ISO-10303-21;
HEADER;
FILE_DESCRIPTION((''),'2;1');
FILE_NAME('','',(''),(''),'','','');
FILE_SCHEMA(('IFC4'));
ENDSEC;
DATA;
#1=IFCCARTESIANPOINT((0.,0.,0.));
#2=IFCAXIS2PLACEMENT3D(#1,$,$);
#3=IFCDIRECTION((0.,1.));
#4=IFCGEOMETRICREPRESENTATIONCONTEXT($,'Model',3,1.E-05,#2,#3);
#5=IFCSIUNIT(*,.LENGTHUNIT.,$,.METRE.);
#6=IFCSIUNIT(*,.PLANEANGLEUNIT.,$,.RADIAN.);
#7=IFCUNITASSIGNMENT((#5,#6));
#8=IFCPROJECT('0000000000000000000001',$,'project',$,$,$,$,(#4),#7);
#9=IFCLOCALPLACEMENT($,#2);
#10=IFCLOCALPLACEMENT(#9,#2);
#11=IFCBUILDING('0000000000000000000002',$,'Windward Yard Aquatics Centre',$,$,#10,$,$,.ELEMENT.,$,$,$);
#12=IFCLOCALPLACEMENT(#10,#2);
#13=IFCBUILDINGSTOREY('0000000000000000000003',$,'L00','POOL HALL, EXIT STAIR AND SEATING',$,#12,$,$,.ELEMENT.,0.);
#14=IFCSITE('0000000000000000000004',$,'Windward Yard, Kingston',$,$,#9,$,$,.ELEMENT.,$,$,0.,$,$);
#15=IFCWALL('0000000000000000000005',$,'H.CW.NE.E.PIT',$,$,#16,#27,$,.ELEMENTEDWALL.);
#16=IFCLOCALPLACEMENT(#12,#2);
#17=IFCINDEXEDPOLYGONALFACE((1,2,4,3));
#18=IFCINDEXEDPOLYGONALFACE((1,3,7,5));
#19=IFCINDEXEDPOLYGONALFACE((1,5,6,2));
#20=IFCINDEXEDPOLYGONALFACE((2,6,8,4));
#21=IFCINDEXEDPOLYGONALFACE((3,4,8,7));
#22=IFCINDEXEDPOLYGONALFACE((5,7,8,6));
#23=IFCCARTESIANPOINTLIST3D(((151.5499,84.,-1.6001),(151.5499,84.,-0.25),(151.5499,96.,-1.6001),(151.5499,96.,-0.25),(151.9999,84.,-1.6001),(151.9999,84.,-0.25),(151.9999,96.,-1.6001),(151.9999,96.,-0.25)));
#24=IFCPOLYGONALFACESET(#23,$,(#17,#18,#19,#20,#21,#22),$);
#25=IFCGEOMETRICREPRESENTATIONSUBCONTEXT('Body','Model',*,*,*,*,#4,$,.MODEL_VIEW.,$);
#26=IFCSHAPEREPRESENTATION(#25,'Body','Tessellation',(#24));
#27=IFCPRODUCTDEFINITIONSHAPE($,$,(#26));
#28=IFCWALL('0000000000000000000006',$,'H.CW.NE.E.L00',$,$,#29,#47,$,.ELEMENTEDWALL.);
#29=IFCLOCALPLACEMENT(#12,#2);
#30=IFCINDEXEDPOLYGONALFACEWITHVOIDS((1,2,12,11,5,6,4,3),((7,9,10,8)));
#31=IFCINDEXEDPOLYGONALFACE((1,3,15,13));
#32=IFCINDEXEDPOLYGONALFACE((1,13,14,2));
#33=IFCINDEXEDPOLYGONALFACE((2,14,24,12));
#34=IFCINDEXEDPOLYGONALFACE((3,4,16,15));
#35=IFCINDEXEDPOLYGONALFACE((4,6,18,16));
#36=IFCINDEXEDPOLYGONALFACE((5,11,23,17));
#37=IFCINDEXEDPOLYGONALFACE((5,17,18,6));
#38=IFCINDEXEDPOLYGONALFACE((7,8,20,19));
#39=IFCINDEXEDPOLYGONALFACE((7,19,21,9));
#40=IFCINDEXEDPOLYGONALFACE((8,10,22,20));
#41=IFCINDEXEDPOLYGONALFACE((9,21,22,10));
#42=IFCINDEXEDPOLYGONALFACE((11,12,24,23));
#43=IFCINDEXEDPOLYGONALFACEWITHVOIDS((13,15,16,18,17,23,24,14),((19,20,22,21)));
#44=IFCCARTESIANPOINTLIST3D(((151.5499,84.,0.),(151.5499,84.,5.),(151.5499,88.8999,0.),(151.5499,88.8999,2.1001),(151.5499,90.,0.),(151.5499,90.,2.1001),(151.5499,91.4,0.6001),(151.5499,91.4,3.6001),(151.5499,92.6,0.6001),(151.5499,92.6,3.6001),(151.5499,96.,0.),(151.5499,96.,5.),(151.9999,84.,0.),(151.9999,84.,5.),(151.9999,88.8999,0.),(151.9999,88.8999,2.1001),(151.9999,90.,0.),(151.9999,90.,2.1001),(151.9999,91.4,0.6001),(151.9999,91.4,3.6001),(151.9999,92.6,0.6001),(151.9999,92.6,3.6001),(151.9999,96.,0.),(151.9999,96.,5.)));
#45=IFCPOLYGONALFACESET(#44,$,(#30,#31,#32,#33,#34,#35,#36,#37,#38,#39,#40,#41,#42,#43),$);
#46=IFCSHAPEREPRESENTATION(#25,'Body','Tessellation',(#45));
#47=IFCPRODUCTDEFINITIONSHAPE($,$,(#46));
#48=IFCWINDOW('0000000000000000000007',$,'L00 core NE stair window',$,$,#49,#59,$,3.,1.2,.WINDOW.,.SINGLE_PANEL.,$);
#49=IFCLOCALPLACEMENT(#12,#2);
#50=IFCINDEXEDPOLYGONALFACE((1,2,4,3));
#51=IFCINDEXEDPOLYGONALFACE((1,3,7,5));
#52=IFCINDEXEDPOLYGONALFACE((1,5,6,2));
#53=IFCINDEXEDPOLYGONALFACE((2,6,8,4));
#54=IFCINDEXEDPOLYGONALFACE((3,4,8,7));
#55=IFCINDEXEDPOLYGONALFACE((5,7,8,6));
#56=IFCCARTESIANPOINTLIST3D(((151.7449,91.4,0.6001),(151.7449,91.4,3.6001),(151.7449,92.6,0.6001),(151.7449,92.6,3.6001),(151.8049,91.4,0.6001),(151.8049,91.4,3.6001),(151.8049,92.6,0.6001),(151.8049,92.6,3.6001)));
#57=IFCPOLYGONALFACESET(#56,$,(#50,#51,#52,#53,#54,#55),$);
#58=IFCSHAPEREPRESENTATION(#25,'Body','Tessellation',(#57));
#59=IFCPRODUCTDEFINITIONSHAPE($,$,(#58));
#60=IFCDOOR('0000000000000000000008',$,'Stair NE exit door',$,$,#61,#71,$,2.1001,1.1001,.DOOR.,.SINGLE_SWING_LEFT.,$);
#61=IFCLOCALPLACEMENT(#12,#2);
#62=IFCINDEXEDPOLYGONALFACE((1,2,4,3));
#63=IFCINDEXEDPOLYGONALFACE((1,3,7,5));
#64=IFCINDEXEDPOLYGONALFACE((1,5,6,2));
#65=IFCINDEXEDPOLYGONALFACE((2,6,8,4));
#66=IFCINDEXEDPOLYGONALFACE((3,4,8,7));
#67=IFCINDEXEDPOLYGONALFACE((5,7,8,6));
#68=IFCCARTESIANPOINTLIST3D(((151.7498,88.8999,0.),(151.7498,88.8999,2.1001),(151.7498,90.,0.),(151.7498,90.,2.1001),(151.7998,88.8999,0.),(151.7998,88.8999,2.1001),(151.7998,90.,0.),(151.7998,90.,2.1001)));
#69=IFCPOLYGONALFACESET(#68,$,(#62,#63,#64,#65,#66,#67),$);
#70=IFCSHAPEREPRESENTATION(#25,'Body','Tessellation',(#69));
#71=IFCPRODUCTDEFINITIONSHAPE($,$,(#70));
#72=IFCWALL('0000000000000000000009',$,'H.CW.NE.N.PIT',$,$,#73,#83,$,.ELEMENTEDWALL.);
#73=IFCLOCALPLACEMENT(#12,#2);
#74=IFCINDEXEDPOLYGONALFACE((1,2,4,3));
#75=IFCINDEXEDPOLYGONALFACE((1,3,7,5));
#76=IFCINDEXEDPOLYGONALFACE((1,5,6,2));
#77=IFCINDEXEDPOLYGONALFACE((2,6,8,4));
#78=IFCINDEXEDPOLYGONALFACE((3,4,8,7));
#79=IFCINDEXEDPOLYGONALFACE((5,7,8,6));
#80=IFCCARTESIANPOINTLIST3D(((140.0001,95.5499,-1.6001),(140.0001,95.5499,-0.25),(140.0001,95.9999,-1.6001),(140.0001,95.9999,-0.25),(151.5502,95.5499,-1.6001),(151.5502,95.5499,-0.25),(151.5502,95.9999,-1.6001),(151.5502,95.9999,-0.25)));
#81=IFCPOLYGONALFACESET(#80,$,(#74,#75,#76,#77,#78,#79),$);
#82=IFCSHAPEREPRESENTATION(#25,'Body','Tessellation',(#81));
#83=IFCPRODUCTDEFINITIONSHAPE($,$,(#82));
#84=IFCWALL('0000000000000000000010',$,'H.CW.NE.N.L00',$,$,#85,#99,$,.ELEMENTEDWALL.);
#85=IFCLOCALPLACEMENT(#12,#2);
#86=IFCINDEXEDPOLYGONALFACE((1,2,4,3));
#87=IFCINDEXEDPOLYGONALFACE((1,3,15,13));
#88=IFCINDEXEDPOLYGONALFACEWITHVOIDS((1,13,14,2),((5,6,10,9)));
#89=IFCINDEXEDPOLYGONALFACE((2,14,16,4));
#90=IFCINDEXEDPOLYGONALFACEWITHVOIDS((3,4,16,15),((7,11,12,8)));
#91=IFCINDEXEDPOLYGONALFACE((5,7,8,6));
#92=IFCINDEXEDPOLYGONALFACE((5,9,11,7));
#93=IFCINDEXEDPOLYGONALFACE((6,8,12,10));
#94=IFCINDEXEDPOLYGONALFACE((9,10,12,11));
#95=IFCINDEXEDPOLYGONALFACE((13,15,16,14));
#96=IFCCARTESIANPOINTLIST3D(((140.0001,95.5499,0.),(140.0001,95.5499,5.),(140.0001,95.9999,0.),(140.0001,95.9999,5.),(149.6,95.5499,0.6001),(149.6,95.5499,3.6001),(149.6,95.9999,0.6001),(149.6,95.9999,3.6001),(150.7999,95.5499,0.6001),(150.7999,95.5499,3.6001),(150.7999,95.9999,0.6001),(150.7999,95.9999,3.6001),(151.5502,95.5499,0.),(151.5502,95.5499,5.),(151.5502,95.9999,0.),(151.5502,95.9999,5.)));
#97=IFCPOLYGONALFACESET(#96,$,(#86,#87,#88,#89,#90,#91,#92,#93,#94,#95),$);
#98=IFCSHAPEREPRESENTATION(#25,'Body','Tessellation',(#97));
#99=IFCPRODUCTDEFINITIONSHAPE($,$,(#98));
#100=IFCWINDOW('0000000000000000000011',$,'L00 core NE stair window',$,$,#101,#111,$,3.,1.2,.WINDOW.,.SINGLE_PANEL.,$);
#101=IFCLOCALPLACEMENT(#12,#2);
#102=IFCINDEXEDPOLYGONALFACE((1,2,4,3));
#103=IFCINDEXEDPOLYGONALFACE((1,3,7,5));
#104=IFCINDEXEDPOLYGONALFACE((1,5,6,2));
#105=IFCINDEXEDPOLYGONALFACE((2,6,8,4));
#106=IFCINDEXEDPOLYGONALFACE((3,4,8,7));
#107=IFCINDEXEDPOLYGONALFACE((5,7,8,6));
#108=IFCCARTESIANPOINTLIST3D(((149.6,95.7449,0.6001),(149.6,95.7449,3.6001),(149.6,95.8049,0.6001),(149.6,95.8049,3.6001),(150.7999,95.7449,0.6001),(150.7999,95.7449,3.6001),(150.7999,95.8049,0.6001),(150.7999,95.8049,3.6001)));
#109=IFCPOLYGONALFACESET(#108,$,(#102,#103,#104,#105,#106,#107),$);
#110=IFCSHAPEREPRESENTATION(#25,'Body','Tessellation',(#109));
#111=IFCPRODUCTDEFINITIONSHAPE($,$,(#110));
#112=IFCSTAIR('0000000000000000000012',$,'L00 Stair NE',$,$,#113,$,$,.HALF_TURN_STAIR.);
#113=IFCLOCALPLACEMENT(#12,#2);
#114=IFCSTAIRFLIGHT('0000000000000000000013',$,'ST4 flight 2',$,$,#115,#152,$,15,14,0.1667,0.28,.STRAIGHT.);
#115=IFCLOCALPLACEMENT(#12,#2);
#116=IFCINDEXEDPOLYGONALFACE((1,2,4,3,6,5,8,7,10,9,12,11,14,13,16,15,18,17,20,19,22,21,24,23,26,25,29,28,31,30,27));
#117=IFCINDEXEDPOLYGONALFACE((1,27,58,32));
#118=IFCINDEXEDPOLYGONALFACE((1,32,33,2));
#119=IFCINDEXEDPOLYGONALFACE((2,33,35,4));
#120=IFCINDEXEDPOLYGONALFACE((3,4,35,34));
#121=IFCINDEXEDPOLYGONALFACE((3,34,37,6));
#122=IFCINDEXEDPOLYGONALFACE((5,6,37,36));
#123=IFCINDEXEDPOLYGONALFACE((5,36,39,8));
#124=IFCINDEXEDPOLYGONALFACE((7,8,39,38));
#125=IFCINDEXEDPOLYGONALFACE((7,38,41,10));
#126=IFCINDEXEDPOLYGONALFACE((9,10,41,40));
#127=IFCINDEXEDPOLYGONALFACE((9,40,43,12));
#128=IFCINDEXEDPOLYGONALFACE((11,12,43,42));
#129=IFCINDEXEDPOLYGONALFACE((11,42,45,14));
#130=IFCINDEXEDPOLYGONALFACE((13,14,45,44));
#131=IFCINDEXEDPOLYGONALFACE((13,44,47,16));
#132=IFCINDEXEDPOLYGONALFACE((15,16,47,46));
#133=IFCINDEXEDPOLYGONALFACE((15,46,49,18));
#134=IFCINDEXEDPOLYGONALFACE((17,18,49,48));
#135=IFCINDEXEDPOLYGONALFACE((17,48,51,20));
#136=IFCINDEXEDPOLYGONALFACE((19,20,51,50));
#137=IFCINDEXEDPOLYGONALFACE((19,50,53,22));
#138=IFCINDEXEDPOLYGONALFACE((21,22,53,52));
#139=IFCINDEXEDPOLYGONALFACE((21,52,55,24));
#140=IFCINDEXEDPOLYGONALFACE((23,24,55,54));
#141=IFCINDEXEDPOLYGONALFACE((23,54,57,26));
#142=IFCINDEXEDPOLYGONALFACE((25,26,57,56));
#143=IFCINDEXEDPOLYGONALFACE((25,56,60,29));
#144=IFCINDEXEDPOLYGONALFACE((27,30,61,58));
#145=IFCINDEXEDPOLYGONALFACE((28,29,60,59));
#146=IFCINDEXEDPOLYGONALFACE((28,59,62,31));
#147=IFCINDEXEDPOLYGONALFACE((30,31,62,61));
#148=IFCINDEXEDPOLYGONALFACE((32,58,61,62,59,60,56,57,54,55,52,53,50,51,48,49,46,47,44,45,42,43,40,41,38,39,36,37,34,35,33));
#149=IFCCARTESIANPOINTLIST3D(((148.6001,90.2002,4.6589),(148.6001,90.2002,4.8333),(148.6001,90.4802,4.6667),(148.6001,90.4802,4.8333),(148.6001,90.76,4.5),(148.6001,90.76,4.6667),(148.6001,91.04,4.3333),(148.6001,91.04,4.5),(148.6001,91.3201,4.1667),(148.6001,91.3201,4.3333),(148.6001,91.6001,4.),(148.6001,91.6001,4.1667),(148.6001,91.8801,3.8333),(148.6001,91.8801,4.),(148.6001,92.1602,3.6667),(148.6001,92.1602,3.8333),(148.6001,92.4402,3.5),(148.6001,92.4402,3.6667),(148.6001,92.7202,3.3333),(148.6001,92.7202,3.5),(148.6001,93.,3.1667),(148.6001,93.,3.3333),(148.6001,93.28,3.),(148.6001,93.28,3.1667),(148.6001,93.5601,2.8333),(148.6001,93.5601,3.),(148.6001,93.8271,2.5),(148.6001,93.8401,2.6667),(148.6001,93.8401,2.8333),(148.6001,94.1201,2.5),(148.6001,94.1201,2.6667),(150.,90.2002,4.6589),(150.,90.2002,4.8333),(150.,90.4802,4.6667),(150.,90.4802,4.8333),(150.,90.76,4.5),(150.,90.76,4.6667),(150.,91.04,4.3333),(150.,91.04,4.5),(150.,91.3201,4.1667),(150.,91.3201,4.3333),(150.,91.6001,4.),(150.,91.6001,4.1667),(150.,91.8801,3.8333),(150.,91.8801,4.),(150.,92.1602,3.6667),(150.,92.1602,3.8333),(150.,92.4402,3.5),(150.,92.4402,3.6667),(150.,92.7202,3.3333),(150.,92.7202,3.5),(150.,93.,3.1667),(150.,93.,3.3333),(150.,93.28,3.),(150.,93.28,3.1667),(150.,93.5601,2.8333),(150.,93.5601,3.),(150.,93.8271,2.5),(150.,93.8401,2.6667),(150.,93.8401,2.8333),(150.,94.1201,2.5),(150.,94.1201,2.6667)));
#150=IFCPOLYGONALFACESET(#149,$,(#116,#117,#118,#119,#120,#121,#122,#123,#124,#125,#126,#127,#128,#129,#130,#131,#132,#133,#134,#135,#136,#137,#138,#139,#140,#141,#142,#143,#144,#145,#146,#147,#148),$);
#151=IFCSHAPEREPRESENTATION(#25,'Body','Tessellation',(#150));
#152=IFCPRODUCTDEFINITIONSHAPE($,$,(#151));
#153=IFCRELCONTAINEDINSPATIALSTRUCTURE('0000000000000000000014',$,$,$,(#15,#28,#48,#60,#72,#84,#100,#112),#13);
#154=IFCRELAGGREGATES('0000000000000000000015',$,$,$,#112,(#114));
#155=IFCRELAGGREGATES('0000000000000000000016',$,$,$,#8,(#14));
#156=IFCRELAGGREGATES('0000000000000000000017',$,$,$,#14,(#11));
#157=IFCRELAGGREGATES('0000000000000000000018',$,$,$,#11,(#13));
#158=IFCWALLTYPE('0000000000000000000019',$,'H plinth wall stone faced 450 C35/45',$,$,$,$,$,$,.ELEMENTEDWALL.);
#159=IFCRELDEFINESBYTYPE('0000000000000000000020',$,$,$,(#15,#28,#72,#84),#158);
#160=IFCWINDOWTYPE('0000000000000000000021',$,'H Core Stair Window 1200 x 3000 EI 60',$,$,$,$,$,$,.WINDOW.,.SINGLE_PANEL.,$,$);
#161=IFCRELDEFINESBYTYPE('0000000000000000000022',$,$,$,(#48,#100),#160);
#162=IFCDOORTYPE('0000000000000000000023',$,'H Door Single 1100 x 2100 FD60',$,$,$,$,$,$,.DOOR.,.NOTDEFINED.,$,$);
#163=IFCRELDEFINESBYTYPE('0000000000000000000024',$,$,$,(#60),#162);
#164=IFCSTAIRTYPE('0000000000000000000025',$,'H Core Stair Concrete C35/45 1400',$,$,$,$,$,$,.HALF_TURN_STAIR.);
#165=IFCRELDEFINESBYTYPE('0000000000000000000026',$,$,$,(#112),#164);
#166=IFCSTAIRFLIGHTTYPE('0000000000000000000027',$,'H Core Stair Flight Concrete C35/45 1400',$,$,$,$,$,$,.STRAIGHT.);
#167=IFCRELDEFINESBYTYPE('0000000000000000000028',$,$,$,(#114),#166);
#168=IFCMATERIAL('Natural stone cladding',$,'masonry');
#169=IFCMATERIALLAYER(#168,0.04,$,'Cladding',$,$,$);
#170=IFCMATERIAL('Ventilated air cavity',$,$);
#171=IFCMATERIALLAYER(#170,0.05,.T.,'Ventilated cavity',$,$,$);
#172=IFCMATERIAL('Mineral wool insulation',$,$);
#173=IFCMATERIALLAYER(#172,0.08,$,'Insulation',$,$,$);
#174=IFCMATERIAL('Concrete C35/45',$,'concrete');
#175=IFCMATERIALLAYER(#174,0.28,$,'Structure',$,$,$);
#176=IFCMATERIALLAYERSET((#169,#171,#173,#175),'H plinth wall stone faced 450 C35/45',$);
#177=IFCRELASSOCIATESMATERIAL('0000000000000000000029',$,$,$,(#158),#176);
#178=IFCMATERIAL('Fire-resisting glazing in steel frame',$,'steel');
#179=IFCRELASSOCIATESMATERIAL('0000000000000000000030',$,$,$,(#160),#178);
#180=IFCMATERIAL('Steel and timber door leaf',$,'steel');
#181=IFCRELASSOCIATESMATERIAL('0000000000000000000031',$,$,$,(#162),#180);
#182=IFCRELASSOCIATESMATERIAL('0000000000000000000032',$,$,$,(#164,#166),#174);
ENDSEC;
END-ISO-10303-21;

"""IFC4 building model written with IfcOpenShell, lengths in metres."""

from ifc_helpers import new_model, si_unit, direction, frame, frame_2d, origin, place, context, subcontext, project, spatial, polyline, rectangle, outline, extrude, material, layer, layer_set, type_object, element, fill, aggregate, save


model = new_model("IFC4")

# Units and contexts
model_context = context("Model", 3, precision=1e-05, world=origin(), true_north=direction((0.0, 1.0)))
body_context = subcontext(model_context, "Body", "Model", "MODEL_VIEW")
ifc_project = project(units=[si_unit("LENGTHUNIT", "METRE"), si_unit("PLANEANGLEUNIT", "RADIAN")], contexts=[model_context])

# Site, building, storey
site_placement = place(None, origin())
site = spatial("IfcSite", under=ifc_project, at=site_placement, Name="Windward Yard, Kingston", CompositionType="ELEMENT", RefElevation=0.0)
building_placement = place(site_placement, origin())
building = spatial("IfcBuilding", under=site, at=building_placement, Name="Windward Yard Aquatics Centre", CompositionType="ELEMENT")
storey_placement = place(building_placement, origin())
storey = spatial("IfcBuildingStorey", under=building, at=storey_placement, Name="L00", Description="POOL HALL, EXIT STAIR AND SEATING", CompositionType="ELEMENT", Elevation=0.0)

# Shared definitions
ifc_material_1 = material(Name="Concrete C35/45", Category="concrete")

# Wall
ifc_material_2 = material(Name="Natural stone cladding", Category="masonry")
ifc_layer_1 = layer(ifc_material_2, 0.04, Name="Cladding")
ifc_material_3 = material(Name="Ventilated air cavity")
ifc_layer_2 = layer(ifc_material_3, 0.05, ventilated=True, Name="Ventilated cavity")
ifc_material_4 = material(Name="Mineral wool insulation")
ifc_layer_3 = layer(ifc_material_4, 0.08, Name="Insulation")
ifc_layer_4 = layer(ifc_material_1, 0.28, Name="Structure")
ifc_layer_set_1 = layer_set([ifc_layer_1, ifc_layer_2, ifc_layer_3, ifc_layer_4], Name="H plinth wall stone faced 450 C35/45")
wall_type_1 = type_object("IfcWallType", Name="H plinth wall stone faced 450 C35/45", PredefinedType="ELEMENTEDWALL", material=ifc_layer_set_1)
wall_1_placement = place(storey_placement, frame((151.7749, 96.0, -1.6001), z_axis=(0.0, 0.0, 1.0), x_axis=(0.0, -1.0, 0.0)))
element("IfcWall", 1, at=wall_1_placement, inside=storey, type_object=wall_type_1, Name="H.CW.NE.E.PIT", PredefinedType="ELEMENTEDWALL", context=body_context, shape_type="SweptSolid", body=[
    extrude(rectangle(XDim=12.0, YDim=0.45, at=frame_2d((6.0, 0.0))), origin(), (0.0, 0.0, 1.0), 1.3501),
])

# Wall, openings, window, door
wall_2_placement = place(storey_placement, frame((151.7749, 96.0, 0.0), z_axis=(0.0, 0.0, 1.0), x_axis=(0.0, -1.0, 0.0)))
wall_2 = element("IfcWall", 2, at=wall_2_placement, inside=storey, type_object=wall_type_1, Name="H.CW.NE.E.L00", PredefinedType="ELEMENTEDWALL", context=body_context, shape_type="SweptSolid", body=[
    extrude(rectangle(XDim=12.0, YDim=0.45, at=frame_2d((6.0, 0.0))), origin(), (0.0, 0.0, 1.0), 5.0),
])
opening_1_placement = place(wall_2_placement, frame((6.0, 0.0, 0.0)))
opening_1 = element("IfcOpeningElement", 3, at=opening_1_placement, cuts=wall_2, PredefinedType="OPENING", context=body_context, shape_type="SweptSolid", body=[
    extrude(rectangle(XDim=1.1001, YDim=2.1001, at=frame_2d((0.55, 1.05))), frame((0.0, 0.2349, 0.0), z_axis=(0.0, -1.0, 0.0), x_axis=(1.0, 0.0, 0.0)), (0.0, 0.0, 1.0), 0.47),
])
opening_2_placement = place(wall_2_placement, frame((3.3999, 0.0, 0.6001)))
opening_2 = element("IfcOpeningElement", 4, at=opening_2_placement, cuts=wall_2, PredefinedType="OPENING", context=body_context, shape_type="SweptSolid", body=[
    extrude(rectangle(XDim=1.2, YDim=3.0, at=frame_2d((0.6001, 1.5))), frame((0.0, 0.2349, 0.0), z_axis=(0.0, -1.0, 0.0), x_axis=(1.0, 0.0, 0.0)), (0.0, 0.0, 1.0), 0.47),
])
ifc_material_5 = material(Name="Fire-resisting glazing in steel frame", Category="steel")
window_type = type_object("IfcWindowType", Name="H Core Stair Window 1200 x 3000 EI 60", PartitioningType="SINGLE_PANEL", PredefinedType="WINDOW", material=ifc_material_5)
window_1_placement = place(opening_2_placement, origin())
window_1 = element("IfcWindow", 5, at=window_1_placement, inside=storey, type_object=window_type, Name="L00 core NE stair window", OverallHeight=3.0, OverallWidth=1.2, PartitioningType="SINGLE_PANEL", PredefinedType="WINDOW", context=body_context, shape_type="SweptSolid", body=[
    extrude(rectangle(XDim=1.2, YDim=3.0, at=frame_2d((0.6001, 1.5))), frame((0.0, 0.03, 0.0), z_axis=(0.0, -1.0, 0.0), x_axis=(1.0, 0.0, 0.0)), (0.0, 0.0, 1.0), 0.0601),
])
fill(opening_2, window_1)
ifc_material_6 = material(Name="Steel and timber door leaf", Category="steel")
door_type = type_object("IfcDoorType", Name="H Door Single 1100 x 2100 FD60", OperationType="NOTDEFINED", PredefinedType="DOOR", material=ifc_material_6)
door_placement = place(opening_1_placement, origin())
door = element("IfcDoor", 6, at=door_placement, inside=storey, type_object=door_type, Name="Stair NE exit door", OperationType="SINGLE_SWING_LEFT", OverallHeight=2.1001, OverallWidth=1.1001, PredefinedType="DOOR", context=body_context, shape_type="SweptSolid", body=[
    extrude(rectangle(XDim=1.1001, YDim=2.1001, at=frame_2d((0.55, 1.05))), frame((0.0, 0.0249, 0.0), z_axis=(0.0, -1.0, 0.0), x_axis=(1.0, 0.0, 0.0)), (0.0, 0.0, 1.0), 0.05),
])
fill(opening_1, door)

# Wall
wall_3_placement = place(storey_placement, frame((151.55, 95.7749, -1.6001), z_axis=(0.0, 0.0, 1.0), x_axis=(-1.0, 0.0, 0.0)))
element("IfcWall", 7, at=wall_3_placement, inside=storey, type_object=wall_type_1, Name="H.CW.NE.N.PIT", PredefinedType="ELEMENTEDWALL", context=body_context, shape_type="SweptSolid", body=[
    extrude(rectangle(XDim=11.55, YDim=0.45, at=frame_2d((5.7749, 0.0))), origin(), (0.0, 0.0, 1.0), 1.3501),
])

# Wall, opening, window
wall_4_placement = place(storey_placement, frame((151.55, 95.7749, 0.0), z_axis=(0.0, 0.0, 1.0), x_axis=(-1.0, 0.0, 0.0)))
wall_4 = element("IfcWall", 8, at=wall_4_placement, inside=storey, type_object=wall_type_1, Name="H.CW.NE.N.L00", PredefinedType="ELEMENTEDWALL", context=body_context, shape_type="SweptSolid", body=[
    extrude(rectangle(XDim=11.55, YDim=0.45, at=frame_2d((5.7749, 0.0))), origin(), (0.0, 0.0, 1.0), 5.0),
])
opening_3_placement = place(wall_4_placement, frame((0.75, 0.0, 0.6001)))
opening_3 = element("IfcOpeningElement", 9, at=opening_3_placement, cuts=wall_4, PredefinedType="OPENING", context=body_context, shape_type="SweptSolid", body=[
    extrude(rectangle(XDim=1.2, YDim=3.0, at=frame_2d((0.6001, 1.5))), frame((0.0, 0.2349, 0.0), z_axis=(0.0, -1.0, 0.0), x_axis=(1.0, 0.0, 0.0)), (0.0, 0.0, 1.0), 0.47),
])
window_2_placement = place(opening_3_placement, origin())
window_2 = element("IfcWindow", 10, at=window_2_placement, inside=storey, type_object=window_type, Name="L00 core NE stair window", OverallHeight=3.0, OverallWidth=1.2, PartitioningType="SINGLE_PANEL", PredefinedType="WINDOW", context=body_context, shape_type="SweptSolid", body=[
    extrude(rectangle(XDim=1.2, YDim=3.0, at=frame_2d((0.6001, 1.5))), frame((0.0, 0.03, 0.0), z_axis=(0.0, -1.0, 0.0), x_axis=(1.0, 0.0, 0.0)), (0.0, 0.0, 1.0), 0.0601),
])
fill(opening_3, window_2)

# Stair, stair flight
stair_type = type_object("IfcStairType", Name="H Core Stair Concrete C35/45 1400", PredefinedType="HALF_TURN_STAIR", material=ifc_material_1)
stair_placement = place(storey_placement, origin())
stair = element("IfcStair", 11, at=stair_placement, inside=storey, type_object=stair_type, Name="L00 Stair NE", PredefinedType="HALF_TURN_STAIR")
stair_flight_type = type_object("IfcStairFlightType", Name="H Core Stair Flight Concrete C35/45 1400", PredefinedType="STRAIGHT", material=ifc_material_1)
stair_flight_placement = place(storey_placement, frame((149.3, 94.1201, 2.5), z_axis=(0.0, 0.0, 1.0), x_axis=(0.0, -1.0, 0.0)))
stair_flight = element("IfcStairFlight", 12, at=stair_flight_placement, type_object=stair_flight_type, Name="ST4 flight 2", NumberOfRisers=15, NumberOfTreads=14, PredefinedType="STRAIGHT", RiserHeight=0.1667, TreadLength=0.28, context=body_context, shape_type="SweptSolid", body=[
    extrude(outline(polyline([(0.0, 0.0), (0.0, 0.1667), (0.28, 0.1667), (0.28, 0.3333), (0.5601, 0.3333), (0.5601, 0.5), (0.8401, 0.5), (0.8401, 0.6667), (1.1201, 0.6667), (1.1201, 0.8333), (1.3999, 0.8333), (1.3999, 1.0), (1.6799, 1.0), (1.6799, 1.1667), (1.96, 1.1667), (1.96, 1.3333), (2.24, 1.3333), (2.24, 1.5), (2.52, 1.5), (2.52, 1.6667), (2.8, 1.6667), (2.8, 1.8333), (3.0801, 1.8333), (3.0801, 2.0), (3.3601, 2.0), (3.3601, 2.1667), (3.6399, 2.1667), (3.6399, 2.3333), (3.9199, 2.3333), (3.9199, 2.5), (3.9199, 2.1589), (0.293, 0.0), (0.0, 0.0)])), frame((0.0, 0.7, 0.0), z_axis=(0.0, -1.0, 0.0), x_axis=(1.0, 0.0, 0.0)), (0.0, 0.0, 1.0), 1.3999),
])
aggregate(stair, [stair_flight])

save(model, "model.ifc")
